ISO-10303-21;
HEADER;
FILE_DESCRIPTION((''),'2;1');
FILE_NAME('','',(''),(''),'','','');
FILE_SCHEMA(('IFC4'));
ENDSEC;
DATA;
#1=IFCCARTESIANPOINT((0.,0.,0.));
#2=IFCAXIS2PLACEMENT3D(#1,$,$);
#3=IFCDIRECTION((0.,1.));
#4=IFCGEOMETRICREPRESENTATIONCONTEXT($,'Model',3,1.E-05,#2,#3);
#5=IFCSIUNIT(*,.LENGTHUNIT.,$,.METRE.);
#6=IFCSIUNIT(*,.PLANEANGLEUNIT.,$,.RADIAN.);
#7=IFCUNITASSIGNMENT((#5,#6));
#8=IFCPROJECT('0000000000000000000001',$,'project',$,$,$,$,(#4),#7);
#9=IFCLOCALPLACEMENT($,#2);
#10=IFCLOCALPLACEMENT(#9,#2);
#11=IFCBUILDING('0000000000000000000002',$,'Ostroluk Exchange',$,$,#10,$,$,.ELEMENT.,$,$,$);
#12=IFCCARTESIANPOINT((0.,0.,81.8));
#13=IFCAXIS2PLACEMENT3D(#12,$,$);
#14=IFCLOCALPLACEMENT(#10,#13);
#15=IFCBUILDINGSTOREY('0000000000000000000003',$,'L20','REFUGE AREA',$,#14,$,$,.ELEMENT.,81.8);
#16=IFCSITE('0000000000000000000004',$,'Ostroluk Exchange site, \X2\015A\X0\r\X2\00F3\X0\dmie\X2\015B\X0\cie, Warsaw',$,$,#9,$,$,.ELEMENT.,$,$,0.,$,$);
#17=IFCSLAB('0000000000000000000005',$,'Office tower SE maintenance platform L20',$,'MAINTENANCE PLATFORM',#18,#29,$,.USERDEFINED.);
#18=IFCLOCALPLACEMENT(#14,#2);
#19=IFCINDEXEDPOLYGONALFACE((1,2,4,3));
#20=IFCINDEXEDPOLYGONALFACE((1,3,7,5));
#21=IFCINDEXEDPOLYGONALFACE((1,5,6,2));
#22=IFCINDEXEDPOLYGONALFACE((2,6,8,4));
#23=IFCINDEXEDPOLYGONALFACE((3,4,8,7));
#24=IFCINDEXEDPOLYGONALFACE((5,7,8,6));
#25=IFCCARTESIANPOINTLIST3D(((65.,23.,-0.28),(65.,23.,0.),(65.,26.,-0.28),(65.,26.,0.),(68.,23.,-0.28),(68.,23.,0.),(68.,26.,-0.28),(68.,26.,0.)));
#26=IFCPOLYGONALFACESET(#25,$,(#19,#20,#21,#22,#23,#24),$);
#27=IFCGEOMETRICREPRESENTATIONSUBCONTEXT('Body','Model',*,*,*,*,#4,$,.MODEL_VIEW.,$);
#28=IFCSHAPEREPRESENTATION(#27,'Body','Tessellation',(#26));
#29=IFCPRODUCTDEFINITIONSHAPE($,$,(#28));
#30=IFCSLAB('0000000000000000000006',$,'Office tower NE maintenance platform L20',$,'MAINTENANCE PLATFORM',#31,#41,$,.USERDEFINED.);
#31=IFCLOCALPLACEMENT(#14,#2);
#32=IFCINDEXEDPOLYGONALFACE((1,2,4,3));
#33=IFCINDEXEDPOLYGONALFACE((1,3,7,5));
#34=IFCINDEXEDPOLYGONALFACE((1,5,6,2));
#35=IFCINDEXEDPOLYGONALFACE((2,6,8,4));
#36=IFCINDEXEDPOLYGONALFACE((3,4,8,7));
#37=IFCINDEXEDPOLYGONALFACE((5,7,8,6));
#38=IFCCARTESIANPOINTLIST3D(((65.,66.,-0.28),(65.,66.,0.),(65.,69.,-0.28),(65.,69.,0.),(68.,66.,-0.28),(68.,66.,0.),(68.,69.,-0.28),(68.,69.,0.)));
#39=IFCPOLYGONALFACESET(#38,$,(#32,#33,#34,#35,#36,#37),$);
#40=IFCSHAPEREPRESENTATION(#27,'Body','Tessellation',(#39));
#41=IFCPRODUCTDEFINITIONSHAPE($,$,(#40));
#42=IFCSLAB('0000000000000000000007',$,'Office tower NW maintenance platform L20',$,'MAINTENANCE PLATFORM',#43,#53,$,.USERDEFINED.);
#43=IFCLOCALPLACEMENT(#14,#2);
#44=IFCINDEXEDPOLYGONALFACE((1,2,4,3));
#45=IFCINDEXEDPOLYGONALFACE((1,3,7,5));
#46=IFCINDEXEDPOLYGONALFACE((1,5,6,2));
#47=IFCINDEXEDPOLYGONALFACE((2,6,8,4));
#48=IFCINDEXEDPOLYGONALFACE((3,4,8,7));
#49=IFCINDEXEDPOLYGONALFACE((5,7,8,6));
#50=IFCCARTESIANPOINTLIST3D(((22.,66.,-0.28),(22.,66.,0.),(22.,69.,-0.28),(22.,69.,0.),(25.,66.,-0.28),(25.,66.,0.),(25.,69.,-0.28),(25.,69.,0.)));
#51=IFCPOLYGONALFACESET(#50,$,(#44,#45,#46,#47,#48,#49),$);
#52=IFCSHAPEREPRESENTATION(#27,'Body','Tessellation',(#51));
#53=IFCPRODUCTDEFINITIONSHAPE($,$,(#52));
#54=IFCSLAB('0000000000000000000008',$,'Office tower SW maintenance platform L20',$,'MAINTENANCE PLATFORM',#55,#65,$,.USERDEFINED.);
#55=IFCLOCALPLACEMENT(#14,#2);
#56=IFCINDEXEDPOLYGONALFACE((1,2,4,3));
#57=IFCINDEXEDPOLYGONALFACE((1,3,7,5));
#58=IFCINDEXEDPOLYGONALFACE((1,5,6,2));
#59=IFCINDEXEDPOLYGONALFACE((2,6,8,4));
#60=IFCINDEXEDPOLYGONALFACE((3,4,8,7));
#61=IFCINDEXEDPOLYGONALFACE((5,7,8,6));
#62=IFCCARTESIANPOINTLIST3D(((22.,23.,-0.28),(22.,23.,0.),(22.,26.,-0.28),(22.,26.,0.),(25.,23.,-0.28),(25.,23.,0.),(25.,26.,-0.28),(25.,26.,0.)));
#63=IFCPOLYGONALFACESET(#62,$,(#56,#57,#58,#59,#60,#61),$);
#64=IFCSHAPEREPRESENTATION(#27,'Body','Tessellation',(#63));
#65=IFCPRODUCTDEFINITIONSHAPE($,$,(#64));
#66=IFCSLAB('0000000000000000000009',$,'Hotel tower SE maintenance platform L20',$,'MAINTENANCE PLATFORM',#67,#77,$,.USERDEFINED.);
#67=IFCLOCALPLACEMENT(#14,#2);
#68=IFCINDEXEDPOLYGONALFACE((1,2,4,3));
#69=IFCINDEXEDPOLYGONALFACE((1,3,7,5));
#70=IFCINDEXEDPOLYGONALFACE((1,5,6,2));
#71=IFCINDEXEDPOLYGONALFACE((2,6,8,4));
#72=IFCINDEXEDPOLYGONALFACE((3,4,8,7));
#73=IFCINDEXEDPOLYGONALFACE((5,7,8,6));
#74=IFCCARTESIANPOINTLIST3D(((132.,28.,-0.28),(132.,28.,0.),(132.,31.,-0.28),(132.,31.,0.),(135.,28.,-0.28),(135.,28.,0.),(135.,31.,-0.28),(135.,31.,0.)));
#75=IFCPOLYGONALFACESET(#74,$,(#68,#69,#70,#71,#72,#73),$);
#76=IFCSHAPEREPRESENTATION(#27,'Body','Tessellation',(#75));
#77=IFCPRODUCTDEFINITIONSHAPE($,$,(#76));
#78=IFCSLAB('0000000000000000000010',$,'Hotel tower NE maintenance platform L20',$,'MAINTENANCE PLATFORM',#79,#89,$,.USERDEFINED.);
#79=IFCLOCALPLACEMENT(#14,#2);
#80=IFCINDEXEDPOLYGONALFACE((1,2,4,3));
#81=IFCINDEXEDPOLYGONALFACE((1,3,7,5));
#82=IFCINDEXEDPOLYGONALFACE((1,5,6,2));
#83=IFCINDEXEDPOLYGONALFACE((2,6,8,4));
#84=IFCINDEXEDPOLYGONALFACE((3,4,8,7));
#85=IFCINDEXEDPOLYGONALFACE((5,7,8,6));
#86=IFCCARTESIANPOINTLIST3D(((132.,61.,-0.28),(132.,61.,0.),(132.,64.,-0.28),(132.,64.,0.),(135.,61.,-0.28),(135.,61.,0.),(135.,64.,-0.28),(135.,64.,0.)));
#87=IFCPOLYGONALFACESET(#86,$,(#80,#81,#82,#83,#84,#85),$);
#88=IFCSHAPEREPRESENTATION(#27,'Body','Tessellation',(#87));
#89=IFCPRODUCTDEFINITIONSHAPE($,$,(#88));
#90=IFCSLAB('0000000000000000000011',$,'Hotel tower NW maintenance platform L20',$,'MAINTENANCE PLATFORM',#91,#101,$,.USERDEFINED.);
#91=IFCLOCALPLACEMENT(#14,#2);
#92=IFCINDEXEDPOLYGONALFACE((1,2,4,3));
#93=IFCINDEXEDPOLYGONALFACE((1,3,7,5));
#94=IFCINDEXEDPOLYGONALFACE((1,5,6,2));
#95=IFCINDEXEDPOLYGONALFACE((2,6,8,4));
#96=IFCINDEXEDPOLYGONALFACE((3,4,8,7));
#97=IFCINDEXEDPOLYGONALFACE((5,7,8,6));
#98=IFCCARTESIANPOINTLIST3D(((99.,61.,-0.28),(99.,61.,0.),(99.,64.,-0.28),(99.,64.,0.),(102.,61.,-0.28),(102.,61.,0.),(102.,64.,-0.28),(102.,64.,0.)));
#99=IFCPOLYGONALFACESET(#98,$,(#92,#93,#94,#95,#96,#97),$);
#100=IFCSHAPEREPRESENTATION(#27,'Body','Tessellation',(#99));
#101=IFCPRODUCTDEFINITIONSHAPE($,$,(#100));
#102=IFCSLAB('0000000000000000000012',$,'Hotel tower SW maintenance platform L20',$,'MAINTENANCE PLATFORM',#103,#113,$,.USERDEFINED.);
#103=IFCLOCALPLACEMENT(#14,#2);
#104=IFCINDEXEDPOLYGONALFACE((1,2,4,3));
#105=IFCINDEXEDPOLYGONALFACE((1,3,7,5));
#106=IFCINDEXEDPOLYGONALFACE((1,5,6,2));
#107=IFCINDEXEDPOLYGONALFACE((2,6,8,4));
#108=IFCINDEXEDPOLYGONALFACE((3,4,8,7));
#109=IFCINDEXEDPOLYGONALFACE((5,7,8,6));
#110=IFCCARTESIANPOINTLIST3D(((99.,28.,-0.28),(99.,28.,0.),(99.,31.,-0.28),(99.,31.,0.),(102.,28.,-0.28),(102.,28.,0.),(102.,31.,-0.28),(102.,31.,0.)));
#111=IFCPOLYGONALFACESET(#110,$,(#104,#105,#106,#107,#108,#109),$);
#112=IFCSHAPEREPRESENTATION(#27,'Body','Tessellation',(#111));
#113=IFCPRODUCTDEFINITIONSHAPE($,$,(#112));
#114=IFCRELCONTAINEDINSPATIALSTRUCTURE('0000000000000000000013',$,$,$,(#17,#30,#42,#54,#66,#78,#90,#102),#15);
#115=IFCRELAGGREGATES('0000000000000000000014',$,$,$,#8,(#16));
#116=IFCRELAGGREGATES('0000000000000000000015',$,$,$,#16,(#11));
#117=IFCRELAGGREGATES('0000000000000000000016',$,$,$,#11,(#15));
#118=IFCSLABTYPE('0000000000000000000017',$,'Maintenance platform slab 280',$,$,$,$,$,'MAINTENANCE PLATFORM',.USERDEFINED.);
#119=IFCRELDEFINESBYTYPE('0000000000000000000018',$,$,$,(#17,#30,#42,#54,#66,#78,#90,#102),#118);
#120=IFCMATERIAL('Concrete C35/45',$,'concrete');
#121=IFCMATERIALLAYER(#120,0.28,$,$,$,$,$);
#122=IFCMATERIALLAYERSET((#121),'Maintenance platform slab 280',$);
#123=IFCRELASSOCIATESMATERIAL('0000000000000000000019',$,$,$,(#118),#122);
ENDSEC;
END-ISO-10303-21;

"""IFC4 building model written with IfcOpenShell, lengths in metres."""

from ifc_helpers import new_model, si_unit, direction, frame, origin, place, context, subcontext, project, spatial, polyline, outline, extrude, material, layer, layer_set, type_object, element, save


model = new_model("IFC4")

# Units and contexts
model_context = context("Model", 3, precision=1e-05, world=origin(), true_north=direction((0.0, 1.0)))
body_context = subcontext(model_context, "Body", "Model", "MODEL_VIEW")
ifc_project = project(units=[si_unit("LENGTHUNIT", "METRE"), si_unit("PLANEANGLEUNIT", "RADIAN")], contexts=[model_context])

# Site, building, storey
site_placement = place(None, origin())
site = spatial("IfcSite", under=ifc_project, at=site_placement, Name="Ostroluk Exchange site, Śródmieście, Warsaw", CompositionType="ELEMENT", RefElevation=0.0)
building_placement = place(site_placement, origin())
building = spatial("IfcBuilding", under=site, at=building_placement, Name="Ostroluk Exchange", CompositionType="ELEMENT")
storey_placement = place(building_placement, frame((0.0, 0.0, 81.8)))
storey = spatial("IfcBuildingStorey", under=building, at=storey_placement, Name="L20", Description="REFUGE AREA", CompositionType="ELEMENT", Elevation=81.8)

# Slabs
ifc_material_1 = material(Name="Concrete C35/45", Category="concrete")
ifc_layer_1 = layer(ifc_material_1, 0.28)
ifc_layer_set_1 = layer_set([ifc_layer_1], Name="Maintenance platform slab 280")
slab_type_1 = type_object("IfcSlabType", Name="Maintenance platform slab 280", ElementType="MAINTENANCE PLATFORM", PredefinedType="USERDEFINED", material=ifc_layer_set_1)
slab_1_placement = place(storey_placement, frame((0.0, 0.0, -0.28)))
element("IfcSlab", 1, at=slab_1_placement, inside=storey, type_object=slab_type_1, Name="Office tower SE maintenance platform L20", ObjectType="MAINTENANCE PLATFORM", PredefinedType="USERDEFINED", context=body_context, shape_type="SweptSolid", body=[
    extrude(outline(polyline([(65.0, 23.0), (68.0, 23.0), (68.0, 26.0), (65.0, 26.0), (65.0, 23.0)])), origin(), (0.0, 0.0, 1.0), 0.28),
])
slab_2_placement = place(storey_placement, frame((0.0, 0.0, -0.28)))
element("IfcSlab", 2, at=slab_2_placement, inside=storey, type_object=slab_type_1, Name="Office tower NE maintenance platform L20", ObjectType="MAINTENANCE PLATFORM", PredefinedType="USERDEFINED", context=body_context, shape_type="SweptSolid", body=[
    extrude(outline(polyline([(65.0, 66.0), (68.0, 66.0), (68.0, 69.0), (65.0, 69.0), (65.0, 66.0)])), origin(), (0.0, 0.0, 1.0), 0.28),
])
slab_3_placement = place(storey_placement, frame((0.0, 0.0, -0.28)))
element("IfcSlab", 3, at=slab_3_placement, inside=storey, type_object=slab_type_1, Name="Office tower NW maintenance platform L20", ObjectType="MAINTENANCE PLATFORM", PredefinedType="USERDEFINED", context=body_context, shape_type="SweptSolid", body=[
    extrude(outline(polyline([(22.0, 66.0), (25.0, 66.0), (25.0, 69.0), (22.0, 69.0), (22.0, 66.0)])), origin(), (0.0, 0.0, 1.0), 0.28),
])
slab_4_placement = place(storey_placement, frame((0.0, 0.0, -0.28)))
element("IfcSlab", 4, at=slab_4_placement, inside=storey, type_object=slab_type_1, Name="Office tower SW maintenance platform L20", ObjectType="MAINTENANCE PLATFORM", PredefinedType="USERDEFINED", context=body_context, shape_type="SweptSolid", body=[
    extrude(outline(polyline([(22.0, 23.0), (25.0, 23.0), (25.0, 26.0), (22.0, 26.0), (22.0, 23.0)])), origin(), (0.0, 0.0, 1.0), 0.28),
])
slab_5_placement = place(storey_placement, frame((0.0, 0.0, -0.28)))
element("IfcSlab", 5, at=slab_5_placement, inside=storey, type_object=slab_type_1, Name="Hotel tower SE maintenance platform L20", ObjectType="MAINTENANCE PLATFORM", PredefinedType="USERDEFINED", context=body_context, shape_type="SweptSolid", body=[
    extrude(outline(polyline([(132.0, 28.0), (135.0, 28.0), (135.0, 31.0), (132.0, 31.0), (132.0, 28.0)])), origin(), (0.0, 0.0, 1.0), 0.28),
])
slab_6_placement = place(storey_placement, frame((0.0, 0.0, -0.28)))
element("IfcSlab", 6, at=slab_6_placement, inside=storey, type_object=slab_type_1, Name="Hotel tower NE maintenance platform L20", ObjectType="MAINTENANCE PLATFORM", PredefinedType="USERDEFINED", context=body_context, shape_type="SweptSolid", body=[
    extrude(outline(polyline([(132.0, 61.0), (135.0, 61.0), (135.0, 64.0), (132.0, 64.0), (132.0, 61.0)])), origin(), (0.0, 0.0, 1.0), 0.28),
])
slab_7_placement = place(storey_placement, frame((0.0, 0.0, -0.28)))
element("IfcSlab", 7, at=slab_7_placement, inside=storey, type_object=slab_type_1, Name="Hotel tower NW maintenance platform L20", ObjectType="MAINTENANCE PLATFORM", PredefinedType="USERDEFINED", context=body_context, shape_type="SweptSolid", body=[
    extrude(outline(polyline([(99.0, 61.0), (102.0, 61.0), (102.0, 64.0), (99.0, 64.0), (99.0, 61.0)])), origin(), (0.0, 0.0, 1.0), 0.28),
])
slab_8_placement = place(storey_placement, frame((0.0, 0.0, -0.28)))
element("IfcSlab", 8, at=slab_8_placement, inside=storey, type_object=slab_type_1, Name="Hotel tower SW maintenance platform L20", ObjectType="MAINTENANCE PLATFORM", PredefinedType="USERDEFINED", context=body_context, shape_type="SweptSolid", body=[
    extrude(outline(polyline([(99.0, 28.0), (102.0, 28.0), (102.0, 31.0), (99.0, 31.0), (99.0, 28.0)])), origin(), (0.0, 0.0, 1.0), 0.28),
])

save(model, "model.ifc")
